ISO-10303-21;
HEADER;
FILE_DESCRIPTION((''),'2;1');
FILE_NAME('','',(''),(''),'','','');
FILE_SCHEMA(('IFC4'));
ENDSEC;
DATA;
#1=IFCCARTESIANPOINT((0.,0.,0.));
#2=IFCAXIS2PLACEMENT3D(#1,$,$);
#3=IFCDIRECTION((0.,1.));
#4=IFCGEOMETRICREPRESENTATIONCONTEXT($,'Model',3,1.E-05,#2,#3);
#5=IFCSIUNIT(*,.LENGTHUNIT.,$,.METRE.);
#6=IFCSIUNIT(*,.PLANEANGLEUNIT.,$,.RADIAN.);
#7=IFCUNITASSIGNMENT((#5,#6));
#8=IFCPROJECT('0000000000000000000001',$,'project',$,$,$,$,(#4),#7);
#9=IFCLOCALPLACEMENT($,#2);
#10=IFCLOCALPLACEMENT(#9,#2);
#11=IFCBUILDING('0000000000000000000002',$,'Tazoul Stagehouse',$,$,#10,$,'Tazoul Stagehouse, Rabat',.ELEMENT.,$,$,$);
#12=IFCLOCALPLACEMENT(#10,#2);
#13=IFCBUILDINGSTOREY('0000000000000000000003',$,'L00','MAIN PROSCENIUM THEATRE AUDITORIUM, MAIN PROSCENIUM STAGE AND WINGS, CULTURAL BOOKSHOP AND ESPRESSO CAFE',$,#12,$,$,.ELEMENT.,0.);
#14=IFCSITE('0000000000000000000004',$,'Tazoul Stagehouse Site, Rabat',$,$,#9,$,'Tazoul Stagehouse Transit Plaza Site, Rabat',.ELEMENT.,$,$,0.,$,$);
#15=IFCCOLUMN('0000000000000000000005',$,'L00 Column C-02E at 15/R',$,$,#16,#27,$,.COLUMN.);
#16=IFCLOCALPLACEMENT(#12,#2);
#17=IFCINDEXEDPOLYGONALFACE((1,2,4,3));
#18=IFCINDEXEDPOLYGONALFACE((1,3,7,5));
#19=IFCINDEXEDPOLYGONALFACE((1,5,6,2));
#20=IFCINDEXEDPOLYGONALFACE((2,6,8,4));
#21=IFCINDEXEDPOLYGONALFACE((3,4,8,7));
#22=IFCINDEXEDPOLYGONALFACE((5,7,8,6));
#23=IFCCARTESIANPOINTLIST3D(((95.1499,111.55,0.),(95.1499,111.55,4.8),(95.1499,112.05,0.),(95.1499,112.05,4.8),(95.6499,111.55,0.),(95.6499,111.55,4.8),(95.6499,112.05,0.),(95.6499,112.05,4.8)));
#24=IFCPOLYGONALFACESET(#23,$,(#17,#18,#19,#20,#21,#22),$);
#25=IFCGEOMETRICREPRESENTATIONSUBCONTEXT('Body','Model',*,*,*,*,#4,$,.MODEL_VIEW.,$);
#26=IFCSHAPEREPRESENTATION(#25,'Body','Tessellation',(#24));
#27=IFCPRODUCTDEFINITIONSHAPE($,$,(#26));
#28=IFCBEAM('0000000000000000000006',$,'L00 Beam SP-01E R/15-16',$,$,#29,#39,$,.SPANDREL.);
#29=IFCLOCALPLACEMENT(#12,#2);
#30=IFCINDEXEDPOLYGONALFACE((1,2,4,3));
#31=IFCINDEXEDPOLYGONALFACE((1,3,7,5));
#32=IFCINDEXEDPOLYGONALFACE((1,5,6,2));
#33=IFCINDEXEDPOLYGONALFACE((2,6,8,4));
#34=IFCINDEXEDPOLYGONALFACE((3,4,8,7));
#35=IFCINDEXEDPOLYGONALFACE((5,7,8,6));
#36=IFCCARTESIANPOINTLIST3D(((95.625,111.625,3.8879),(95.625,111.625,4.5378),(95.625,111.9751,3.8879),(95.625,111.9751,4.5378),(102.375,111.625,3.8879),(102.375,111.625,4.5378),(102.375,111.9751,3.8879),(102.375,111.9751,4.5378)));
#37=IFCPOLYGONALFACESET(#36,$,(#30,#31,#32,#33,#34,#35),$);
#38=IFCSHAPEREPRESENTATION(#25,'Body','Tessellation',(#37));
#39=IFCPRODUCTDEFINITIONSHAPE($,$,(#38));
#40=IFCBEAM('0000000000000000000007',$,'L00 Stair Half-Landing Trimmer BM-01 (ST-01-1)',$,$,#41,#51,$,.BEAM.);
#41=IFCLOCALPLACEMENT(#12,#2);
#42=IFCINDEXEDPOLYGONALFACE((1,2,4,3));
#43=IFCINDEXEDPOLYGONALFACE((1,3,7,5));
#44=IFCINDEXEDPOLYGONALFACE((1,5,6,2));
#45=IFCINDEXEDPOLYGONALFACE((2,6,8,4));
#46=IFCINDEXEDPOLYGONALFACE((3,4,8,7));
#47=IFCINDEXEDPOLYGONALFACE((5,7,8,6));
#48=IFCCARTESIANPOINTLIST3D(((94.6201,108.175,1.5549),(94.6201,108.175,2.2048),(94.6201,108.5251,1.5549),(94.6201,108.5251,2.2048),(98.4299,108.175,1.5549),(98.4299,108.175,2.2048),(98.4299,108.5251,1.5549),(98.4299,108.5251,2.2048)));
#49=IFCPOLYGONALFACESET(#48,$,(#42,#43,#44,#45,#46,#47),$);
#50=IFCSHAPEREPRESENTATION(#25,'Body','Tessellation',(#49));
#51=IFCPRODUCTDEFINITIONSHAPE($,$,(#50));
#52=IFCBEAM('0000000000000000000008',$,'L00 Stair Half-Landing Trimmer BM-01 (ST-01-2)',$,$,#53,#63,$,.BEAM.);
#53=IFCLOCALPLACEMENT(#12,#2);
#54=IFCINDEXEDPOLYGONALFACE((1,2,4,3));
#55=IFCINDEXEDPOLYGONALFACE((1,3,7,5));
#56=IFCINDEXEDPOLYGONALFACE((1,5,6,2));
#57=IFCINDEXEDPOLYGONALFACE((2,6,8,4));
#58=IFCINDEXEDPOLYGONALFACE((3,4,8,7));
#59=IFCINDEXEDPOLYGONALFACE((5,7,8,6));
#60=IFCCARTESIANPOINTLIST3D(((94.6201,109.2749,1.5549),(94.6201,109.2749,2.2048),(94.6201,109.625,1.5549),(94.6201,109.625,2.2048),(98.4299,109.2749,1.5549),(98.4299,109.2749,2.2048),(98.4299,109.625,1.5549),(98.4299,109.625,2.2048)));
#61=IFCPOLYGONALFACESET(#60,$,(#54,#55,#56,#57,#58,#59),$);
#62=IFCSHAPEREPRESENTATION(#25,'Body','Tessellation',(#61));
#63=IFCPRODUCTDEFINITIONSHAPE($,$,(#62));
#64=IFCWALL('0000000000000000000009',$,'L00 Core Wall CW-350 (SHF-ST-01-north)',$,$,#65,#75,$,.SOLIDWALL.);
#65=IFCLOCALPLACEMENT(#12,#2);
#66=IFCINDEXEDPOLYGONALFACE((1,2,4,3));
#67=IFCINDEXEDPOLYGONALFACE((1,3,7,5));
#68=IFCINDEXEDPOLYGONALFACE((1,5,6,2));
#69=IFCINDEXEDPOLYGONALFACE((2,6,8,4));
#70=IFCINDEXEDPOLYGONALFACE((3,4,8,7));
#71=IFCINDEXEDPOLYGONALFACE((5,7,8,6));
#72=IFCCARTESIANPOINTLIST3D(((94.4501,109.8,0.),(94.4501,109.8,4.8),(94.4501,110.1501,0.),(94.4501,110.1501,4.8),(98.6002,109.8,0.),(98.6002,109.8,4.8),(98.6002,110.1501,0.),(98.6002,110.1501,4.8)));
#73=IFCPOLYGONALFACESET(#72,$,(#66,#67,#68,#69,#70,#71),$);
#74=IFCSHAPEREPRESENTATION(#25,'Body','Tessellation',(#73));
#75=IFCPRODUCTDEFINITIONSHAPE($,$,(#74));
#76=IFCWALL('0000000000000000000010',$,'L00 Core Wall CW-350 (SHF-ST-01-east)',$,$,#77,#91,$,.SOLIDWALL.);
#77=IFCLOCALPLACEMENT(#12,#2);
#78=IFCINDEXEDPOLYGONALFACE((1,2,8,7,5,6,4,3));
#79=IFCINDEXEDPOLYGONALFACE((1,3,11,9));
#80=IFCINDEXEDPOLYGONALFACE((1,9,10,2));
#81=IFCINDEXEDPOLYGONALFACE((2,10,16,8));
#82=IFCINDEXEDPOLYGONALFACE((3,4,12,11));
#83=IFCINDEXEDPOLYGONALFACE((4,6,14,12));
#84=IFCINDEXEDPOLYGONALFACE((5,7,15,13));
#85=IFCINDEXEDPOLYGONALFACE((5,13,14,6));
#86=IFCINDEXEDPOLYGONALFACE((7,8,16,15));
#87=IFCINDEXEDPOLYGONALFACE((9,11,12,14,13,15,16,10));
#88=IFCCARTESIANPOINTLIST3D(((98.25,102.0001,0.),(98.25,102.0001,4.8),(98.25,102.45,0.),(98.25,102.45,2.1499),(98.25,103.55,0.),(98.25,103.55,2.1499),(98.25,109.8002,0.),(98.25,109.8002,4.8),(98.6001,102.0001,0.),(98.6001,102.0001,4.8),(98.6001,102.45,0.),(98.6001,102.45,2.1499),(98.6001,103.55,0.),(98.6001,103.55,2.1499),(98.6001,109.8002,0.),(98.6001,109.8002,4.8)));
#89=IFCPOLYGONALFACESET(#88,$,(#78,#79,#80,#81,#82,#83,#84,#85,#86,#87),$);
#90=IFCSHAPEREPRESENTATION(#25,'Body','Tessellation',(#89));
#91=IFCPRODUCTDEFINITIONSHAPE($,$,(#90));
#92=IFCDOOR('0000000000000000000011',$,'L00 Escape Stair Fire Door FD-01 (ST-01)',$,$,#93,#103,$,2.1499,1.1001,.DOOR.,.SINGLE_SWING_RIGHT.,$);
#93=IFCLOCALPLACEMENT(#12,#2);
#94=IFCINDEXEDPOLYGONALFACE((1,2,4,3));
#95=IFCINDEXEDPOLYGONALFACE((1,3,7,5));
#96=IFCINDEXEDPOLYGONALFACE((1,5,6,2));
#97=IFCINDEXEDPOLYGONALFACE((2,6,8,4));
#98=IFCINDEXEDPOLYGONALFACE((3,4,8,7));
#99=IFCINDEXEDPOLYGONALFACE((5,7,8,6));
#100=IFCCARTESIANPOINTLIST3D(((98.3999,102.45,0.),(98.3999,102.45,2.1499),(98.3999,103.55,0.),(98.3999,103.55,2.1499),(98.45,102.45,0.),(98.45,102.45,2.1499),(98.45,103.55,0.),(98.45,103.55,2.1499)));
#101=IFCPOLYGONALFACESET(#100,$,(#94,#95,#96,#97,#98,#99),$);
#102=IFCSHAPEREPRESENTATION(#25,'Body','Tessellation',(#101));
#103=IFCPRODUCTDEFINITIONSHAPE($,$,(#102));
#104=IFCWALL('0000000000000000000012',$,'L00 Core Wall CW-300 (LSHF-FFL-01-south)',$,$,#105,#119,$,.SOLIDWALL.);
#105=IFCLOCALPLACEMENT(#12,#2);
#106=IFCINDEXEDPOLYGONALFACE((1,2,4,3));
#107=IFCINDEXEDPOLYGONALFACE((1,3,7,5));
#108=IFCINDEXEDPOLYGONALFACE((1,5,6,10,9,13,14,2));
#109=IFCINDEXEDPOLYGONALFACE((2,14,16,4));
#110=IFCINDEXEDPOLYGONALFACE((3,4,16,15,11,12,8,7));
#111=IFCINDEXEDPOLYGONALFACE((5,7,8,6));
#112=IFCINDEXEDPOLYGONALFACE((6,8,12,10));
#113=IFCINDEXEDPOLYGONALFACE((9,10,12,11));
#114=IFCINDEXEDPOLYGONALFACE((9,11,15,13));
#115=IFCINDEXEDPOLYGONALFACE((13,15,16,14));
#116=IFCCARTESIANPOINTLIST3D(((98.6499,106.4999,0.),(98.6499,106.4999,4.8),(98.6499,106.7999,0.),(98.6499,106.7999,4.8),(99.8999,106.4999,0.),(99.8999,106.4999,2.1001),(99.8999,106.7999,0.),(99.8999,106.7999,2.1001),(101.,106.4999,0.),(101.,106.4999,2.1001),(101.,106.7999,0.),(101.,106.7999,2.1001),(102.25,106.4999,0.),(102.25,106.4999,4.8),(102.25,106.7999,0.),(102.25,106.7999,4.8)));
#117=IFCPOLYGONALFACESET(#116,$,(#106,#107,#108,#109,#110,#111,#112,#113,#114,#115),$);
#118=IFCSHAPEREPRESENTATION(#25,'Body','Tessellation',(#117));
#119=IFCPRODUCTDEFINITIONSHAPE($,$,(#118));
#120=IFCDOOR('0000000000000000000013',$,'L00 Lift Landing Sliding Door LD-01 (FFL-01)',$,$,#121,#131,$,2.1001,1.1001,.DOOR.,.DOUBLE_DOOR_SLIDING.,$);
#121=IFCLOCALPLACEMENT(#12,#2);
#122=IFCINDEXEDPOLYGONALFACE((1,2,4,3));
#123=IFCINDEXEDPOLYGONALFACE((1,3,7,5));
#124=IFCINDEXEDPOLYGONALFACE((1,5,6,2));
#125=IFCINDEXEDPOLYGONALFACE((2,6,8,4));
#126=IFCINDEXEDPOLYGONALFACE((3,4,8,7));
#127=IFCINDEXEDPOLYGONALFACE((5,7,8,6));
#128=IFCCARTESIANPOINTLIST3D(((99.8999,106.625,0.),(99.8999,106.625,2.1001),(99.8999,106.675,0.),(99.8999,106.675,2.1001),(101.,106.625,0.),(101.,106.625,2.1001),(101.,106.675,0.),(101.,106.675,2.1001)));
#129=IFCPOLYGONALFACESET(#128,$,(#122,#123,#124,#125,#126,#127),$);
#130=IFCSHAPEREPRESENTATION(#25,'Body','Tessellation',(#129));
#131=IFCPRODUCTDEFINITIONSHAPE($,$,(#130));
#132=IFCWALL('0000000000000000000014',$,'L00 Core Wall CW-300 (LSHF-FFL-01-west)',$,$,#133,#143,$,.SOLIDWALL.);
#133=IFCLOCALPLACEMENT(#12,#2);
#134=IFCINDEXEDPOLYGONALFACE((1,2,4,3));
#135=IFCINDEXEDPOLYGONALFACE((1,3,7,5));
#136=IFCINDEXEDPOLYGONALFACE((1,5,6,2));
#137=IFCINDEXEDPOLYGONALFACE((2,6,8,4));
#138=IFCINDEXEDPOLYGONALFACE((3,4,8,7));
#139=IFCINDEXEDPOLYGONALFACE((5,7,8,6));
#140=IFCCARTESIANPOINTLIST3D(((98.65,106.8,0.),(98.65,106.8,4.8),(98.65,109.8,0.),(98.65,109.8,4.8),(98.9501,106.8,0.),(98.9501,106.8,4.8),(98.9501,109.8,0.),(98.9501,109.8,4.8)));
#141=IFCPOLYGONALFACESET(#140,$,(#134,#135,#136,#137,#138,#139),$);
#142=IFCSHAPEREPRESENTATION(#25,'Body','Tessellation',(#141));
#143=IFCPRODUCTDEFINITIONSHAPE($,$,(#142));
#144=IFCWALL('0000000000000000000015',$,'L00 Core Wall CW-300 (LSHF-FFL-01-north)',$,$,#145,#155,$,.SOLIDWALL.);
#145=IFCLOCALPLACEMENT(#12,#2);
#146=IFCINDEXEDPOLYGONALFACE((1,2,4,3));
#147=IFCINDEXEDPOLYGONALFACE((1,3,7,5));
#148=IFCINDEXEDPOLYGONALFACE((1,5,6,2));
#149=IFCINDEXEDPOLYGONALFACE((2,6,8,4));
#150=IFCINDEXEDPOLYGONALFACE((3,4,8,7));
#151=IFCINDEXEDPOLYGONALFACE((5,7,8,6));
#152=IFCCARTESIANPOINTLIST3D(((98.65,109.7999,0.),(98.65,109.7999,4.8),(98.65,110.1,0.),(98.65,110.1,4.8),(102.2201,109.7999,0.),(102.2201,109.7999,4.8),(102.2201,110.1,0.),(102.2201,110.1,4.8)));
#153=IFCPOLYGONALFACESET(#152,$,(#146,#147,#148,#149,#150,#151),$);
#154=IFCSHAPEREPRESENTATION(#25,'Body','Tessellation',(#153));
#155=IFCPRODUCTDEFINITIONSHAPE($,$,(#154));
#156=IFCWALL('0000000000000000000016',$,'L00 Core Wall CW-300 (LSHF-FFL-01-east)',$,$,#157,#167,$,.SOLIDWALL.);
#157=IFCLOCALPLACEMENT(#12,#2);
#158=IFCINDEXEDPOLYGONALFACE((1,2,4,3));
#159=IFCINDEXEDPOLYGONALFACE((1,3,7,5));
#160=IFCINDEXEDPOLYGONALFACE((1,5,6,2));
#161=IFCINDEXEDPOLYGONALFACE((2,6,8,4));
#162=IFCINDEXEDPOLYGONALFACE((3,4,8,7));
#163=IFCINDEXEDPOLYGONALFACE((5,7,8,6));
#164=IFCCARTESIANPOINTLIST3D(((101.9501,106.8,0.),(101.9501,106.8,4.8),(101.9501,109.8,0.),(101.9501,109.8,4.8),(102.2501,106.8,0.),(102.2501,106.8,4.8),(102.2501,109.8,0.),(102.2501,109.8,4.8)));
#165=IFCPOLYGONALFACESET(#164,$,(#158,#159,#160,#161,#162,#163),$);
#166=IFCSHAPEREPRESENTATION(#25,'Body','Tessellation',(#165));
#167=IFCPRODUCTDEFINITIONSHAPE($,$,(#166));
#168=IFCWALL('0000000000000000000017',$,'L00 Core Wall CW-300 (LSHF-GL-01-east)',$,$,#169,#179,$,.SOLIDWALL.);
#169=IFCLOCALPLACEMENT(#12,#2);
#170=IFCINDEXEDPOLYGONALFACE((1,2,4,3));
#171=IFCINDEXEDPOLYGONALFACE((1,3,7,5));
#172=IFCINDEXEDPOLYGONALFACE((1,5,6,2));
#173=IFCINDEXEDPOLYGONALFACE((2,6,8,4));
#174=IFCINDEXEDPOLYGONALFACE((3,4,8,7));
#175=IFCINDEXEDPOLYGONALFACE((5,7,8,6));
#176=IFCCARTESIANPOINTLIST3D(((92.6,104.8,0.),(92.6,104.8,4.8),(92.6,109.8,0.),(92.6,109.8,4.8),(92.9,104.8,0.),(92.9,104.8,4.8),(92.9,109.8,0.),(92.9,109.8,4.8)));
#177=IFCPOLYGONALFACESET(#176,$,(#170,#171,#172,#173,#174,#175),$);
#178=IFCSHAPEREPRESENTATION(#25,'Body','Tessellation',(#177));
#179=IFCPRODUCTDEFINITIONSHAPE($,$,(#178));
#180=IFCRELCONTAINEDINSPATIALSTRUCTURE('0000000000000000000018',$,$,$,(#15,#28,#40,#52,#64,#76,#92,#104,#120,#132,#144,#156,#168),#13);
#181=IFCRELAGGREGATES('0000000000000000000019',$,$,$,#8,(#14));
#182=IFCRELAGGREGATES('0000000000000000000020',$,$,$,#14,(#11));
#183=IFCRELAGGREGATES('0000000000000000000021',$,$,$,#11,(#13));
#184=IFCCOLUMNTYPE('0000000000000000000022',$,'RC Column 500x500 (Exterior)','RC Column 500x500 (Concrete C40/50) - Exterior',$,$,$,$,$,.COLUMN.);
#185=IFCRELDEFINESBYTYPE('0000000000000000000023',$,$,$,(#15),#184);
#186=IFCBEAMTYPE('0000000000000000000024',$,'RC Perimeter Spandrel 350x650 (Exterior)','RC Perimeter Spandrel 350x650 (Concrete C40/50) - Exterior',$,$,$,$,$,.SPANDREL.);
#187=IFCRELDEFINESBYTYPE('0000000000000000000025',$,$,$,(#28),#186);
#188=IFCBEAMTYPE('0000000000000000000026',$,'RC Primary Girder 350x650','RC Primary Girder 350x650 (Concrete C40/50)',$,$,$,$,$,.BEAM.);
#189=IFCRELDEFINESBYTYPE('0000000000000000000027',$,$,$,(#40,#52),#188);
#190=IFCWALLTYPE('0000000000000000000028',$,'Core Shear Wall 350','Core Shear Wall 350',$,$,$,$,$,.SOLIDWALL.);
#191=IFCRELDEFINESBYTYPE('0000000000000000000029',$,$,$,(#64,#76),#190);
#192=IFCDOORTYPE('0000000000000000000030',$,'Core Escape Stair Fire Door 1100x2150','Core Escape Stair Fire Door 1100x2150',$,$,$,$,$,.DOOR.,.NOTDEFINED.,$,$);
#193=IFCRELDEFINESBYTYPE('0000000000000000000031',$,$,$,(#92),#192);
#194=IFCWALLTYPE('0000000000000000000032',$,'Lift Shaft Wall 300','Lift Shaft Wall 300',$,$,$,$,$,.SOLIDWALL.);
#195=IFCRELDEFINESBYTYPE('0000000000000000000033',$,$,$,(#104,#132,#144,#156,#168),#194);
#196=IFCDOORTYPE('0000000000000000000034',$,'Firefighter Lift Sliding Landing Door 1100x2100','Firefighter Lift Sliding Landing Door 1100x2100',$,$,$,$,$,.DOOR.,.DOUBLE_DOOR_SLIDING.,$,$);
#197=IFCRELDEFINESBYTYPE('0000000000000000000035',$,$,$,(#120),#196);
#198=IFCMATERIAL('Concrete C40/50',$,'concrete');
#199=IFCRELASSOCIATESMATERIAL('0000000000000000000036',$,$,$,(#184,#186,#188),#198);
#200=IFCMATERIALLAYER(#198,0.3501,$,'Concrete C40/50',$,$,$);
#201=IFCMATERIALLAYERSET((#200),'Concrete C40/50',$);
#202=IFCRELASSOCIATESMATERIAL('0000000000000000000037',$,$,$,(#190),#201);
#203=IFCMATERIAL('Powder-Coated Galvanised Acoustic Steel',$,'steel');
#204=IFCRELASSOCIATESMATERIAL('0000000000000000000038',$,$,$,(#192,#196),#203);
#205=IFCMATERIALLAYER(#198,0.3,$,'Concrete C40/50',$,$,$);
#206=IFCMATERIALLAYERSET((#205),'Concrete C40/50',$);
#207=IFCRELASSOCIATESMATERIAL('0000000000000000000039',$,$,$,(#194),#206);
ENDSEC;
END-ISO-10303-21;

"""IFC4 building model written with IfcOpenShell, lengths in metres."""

from ifc_helpers import new_model, si_unit, direction, frame, frame_2d, origin, origin_2d, place, context, subcontext, project, spatial, rectangle, extrude, material, layer, layer_set, material_profile, profile_set, type_object, element, fill, save


model = new_model("IFC4")

# Units and contexts
model_context = context("Model", 3, precision=1e-05, world=origin(), true_north=direction((0.0, 1.0)))
body_context = subcontext(model_context, "Body", "Model", "MODEL_VIEW")
ifc_project = project(units=[si_unit("LENGTHUNIT", "METRE"), si_unit("PLANEANGLEUNIT", "RADIAN")], contexts=[model_context])

# Site, building, storey
site_placement = place(None, origin())
site = spatial("IfcSite", under=ifc_project, at=site_placement, Name="Tazoul Stagehouse Site, Rabat", LongName="Tazoul Stagehouse Transit Plaza Site, Rabat", CompositionType="ELEMENT", RefElevation=0.0)
building_placement = place(site_placement, origin())
building = spatial("IfcBuilding", under=site, at=building_placement, Name="Tazoul Stagehouse", LongName="Tazoul Stagehouse, Rabat", CompositionType="ELEMENT")
storey_placement = place(building_placement, origin())
storey = spatial("IfcBuildingStorey", under=building, at=storey_placement, Name="L00", Description="MAIN PROSCENIUM THEATRE AUDITORIUM, MAIN PROSCENIUM STAGE AND WINGS, CULTURAL BOOKSHOP AND ESPRESSO CAFE", CompositionType="ELEMENT", Elevation=0.0)

# Column
ifc_material_1 = material(Name="Concrete C40/50", Category="concrete")
ifc_material_profile_1 = material_profile(ifc_material_1, rectangle(XDim=0.5, YDim=0.5, at=origin_2d()), Name="RC 500x500")
ifc_profile_set_1 = profile_set([ifc_material_profile_1], Name="Concrete C40/50")
column_type = type_object("IfcColumnType", Name="RC Column 500x500 (Exterior)", Description="RC Column 500x500 (Concrete C40/50) - Exterior", PredefinedType="COLUMN", material=ifc_profile_set_1)
column_placement = place(storey_placement, frame((95.3999, 111.8, 0.0), z_axis=(0.0, 0.0, 1.0), x_axis=(1.0, 0.0, 0.0)))
element("IfcColumn", 1, at=column_placement, inside=storey, type_object=column_type, Name="L00 Column C-02E at 15/R", PredefinedType="COLUMN", context=body_context, shape_type="SweptSolid", body=[
    extrude(rectangle(XDim=0.5, YDim=0.5, at=origin_2d()), origin(), (0.0, 0.0, 1.0), 4.8),
])

# Beams
ifc_material_profile_2 = material_profile(ifc_material_1, rectangle(XDim=0.3501, YDim=0.6499, at=origin_2d()), Name="RC 350x650")
ifc_profile_set_2 = profile_set([ifc_material_profile_2], Name="Concrete C40/50")
beam_type_1 = type_object("IfcBeamType", Name="RC Perimeter Spandrel 350x650 (Exterior)", Description="RC Perimeter Spandrel 350x650 (Concrete C40/50) - Exterior", PredefinedType="SPANDREL", material=ifc_profile_set_2)
beam_placement = place(storey_placement, frame((95.625, 111.8, 4.2129), z_axis=(1.0, 0.0, 0.0), x_axis=(0.0, 1.0, 0.0)))
element("IfcBeam", 2, at=beam_placement, inside=storey, type_object=beam_type_1, Name="L00 Beam SP-01E R/15-16", PredefinedType="SPANDREL", context=body_context, shape_type="SweptSolid", body=[
    extrude(rectangle(XDim=0.3501, YDim=0.6499, at=origin_2d()), origin(), (0.0, 0.0, 1.0), 6.75),
])
ifc_material_profile_3 = material_profile(ifc_material_1, rectangle(XDim=0.3501, YDim=0.6499, at=origin_2d()), Name="RC 350x650")
ifc_profile_set_3 = profile_set([ifc_material_profile_3], Name="Concrete C40/50")
beam_type_2 = type_object("IfcBeamType", Name="RC Primary Girder 350x650", Description="RC Primary Girder 350x650 (Concrete C40/50)", PredefinedType="BEAM", material=ifc_profile_set_3)
for number, where, z_axis, x_axis, name in (
    (3, (94.6201, 108.3501, 1.8799), (1.0, 0.0, 0.0), (0.0, 1.0, 0.0), "L00 Stair Half-Landing Trimmer BM-01 (ST-01-1)"),
    (4, (94.6201, 109.45, 1.8799), (1.0, 0.0, 0.0), (0.0, 1.0, 0.0), "L00 Stair Half-Landing Trimmer BM-01 (ST-01-2)"),
):
    element("IfcBeam", number, at=place(storey_placement, frame(where, z_axis=z_axis, x_axis=x_axis)), inside=storey, type_object=beam_type_2, Name=name, PredefinedType="BEAM", context=body_context, shape_type="SweptSolid", body=[
        extrude(rectangle(XDim=0.3501, YDim=0.6499, at=origin_2d()), origin(), (0.0, 0.0, 1.0), 3.8098),
    ])

# Wall
ifc_layer_1 = layer(ifc_material_1, 0.3501, Name="Concrete C40/50")
ifc_layer_set_1 = layer_set([ifc_layer_1], Name="Concrete C40/50")
wall_type_1 = type_object("IfcWallType", Name="Core Shear Wall 350", Description="Core Shear Wall 350", PredefinedType="SOLIDWALL", material=ifc_layer_set_1)
wall_1_placement = place(storey_placement, frame((94.45, 109.9751, 0.0), z_axis=(0.0, 0.0, 1.0), x_axis=(1.0, 0.0, 0.0)))
element("IfcWall", 5, at=wall_1_placement, inside=storey, type_object=wall_type_1, Name="L00 Core Wall CW-350 (SHF-ST-01-north)", PredefinedType="SOLIDWALL", context=body_context, shape_type="SweptSolid", body=[
    extrude(rectangle(XDim=4.1501, YDim=0.3501, at=frame_2d((2.0752, 0.0))), origin(), (0.0, 0.0, 1.0), 4.8),
])

# Walls, openings, doors
wall_2_placement = place(storey_placement, frame((98.425, 109.8, 0.0), z_axis=(0.0, 0.0, 1.0), x_axis=(0.0, -1.0, 0.0)))
wall_2 = element("IfcWall", 6, at=wall_2_placement, inside=storey, type_object=wall_type_1, Name="L00 Core Wall CW-350 (SHF-ST-01-east)", PredefinedType="SOLIDWALL", context=body_context, shape_type="SweptSolid", body=[
    extrude(rectangle(XDim=7.8, YDim=0.3501, at=frame_2d((3.8999, 0.0))), origin(), (0.0, 0.0, 1.0), 4.8),
])
opening_1_placement = place(wall_2_placement, frame((6.25, 0.0, 0.0)))
opening_1 = element("IfcOpeningElement", 7, at=opening_1_placement, cuts=wall_2, PredefinedType="OPENING", context=body_context, shape_type="SweptSolid", body=[
    extrude(rectangle(XDim=1.1001, YDim=2.1499, at=frame_2d((0.55, 1.075))), frame((0.0, 0.1951, 0.0), z_axis=(0.0, -1.0, 0.0), x_axis=(1.0, 0.0, 0.0)), (0.0, 0.0, 1.0), 0.3901),
])
ifc_material_2 = material(Name="Powder-Coated Galvanised Acoustic Steel", Category="steel")
door_type_1 = type_object("IfcDoorType", Name="Core Escape Stair Fire Door 1100x2150", Description="Core Escape Stair Fire Door 1100x2150", OperationType="NOTDEFINED", PredefinedType="DOOR", material=ifc_material_2)
door_1_placement = place(opening_1_placement, origin())
door_1 = element("IfcDoor", 8, at=door_1_placement, inside=storey, type_object=door_type_1, Name="L00 Escape Stair Fire Door FD-01 (ST-01)", OperationType="SINGLE_SWING_RIGHT", OverallHeight=2.1499, OverallWidth=1.1001, PredefinedType="DOOR", context=body_context, shape_type="SweptSolid", body=[
    extrude(rectangle(XDim=1.1001, YDim=2.1499, at=frame_2d((0.55, 1.075))), frame((0.0, 0.0249, 0.0), z_axis=(0.0, -1.0, 0.0), x_axis=(1.0, 0.0, 0.0)), (0.0, 0.0, 1.0), 0.05),
])
fill(opening_1, door_1)
ifc_layer_2 = layer(ifc_material_1, 0.3, Name="Concrete C40/50")
ifc_layer_set_2 = layer_set([ifc_layer_2], Name="Concrete C40/50")
wall_type_2 = type_object("IfcWallType", Name="Lift Shaft Wall 300", Description="Lift Shaft Wall 300", PredefinedType="SOLIDWALL", material=ifc_layer_set_2)
wall_3_placement = place(storey_placement, frame((102.25, 106.6499, 0.0), z_axis=(0.0, 0.0, 1.0), x_axis=(-1.0, 0.0, 0.0)))
wall_3 = element("IfcWall", 9, at=wall_3_placement, inside=storey, type_object=wall_type_2, Name="L00 Core Wall CW-300 (LSHF-FFL-01-south)", PredefinedType="SOLIDWALL", context=body_context, shape_type="SweptSolid", body=[
    extrude(rectangle(XDim=3.6001, YDim=0.3, at=frame_2d((1.8, 0.0))), origin(), (0.0, 0.0, 1.0), 4.8),
])
opening_2_placement = place(wall_3_placement, frame((1.25, 0.0, 0.0)))
opening_2 = element("IfcOpeningElement", 10, at=opening_2_placement, cuts=wall_3, PredefinedType="OPENING", context=body_context, shape_type="SweptSolid", body=[
    extrude(rectangle(XDim=1.1001, YDim=2.1001, at=frame_2d((0.55, 1.05))), frame((0.0, 0.1699, 0.0), z_axis=(0.0, -1.0, 0.0), x_axis=(1.0, 0.0, 0.0)), (0.0, 0.0, 1.0), 0.3401),
])
door_type_2 = type_object("IfcDoorType", Name="Firefighter Lift Sliding Landing Door 1100x2100", Description="Firefighter Lift Sliding Landing Door 1100x2100", OperationType="DOUBLE_DOOR_SLIDING", PredefinedType="DOOR", material=ifc_material_2)
door_2_placement = place(opening_2_placement, origin())
door_2 = element("IfcDoor", 11, at=door_2_placement, inside=storey, type_object=door_type_2, Name="L00 Lift Landing Sliding Door LD-01 (FFL-01)", OperationType="DOUBLE_DOOR_SLIDING", OverallHeight=2.1001, OverallWidth=1.1001, PredefinedType="DOOR", context=body_context, shape_type="SweptSolid", body=[
    extrude(rectangle(XDim=1.1001, YDim=2.1001, at=frame_2d((0.55, 1.05))), frame((0.0, 0.0249, 0.0), z_axis=(0.0, -1.0, 0.0), x_axis=(1.0, 0.0, 0.0)), (0.0, 0.0, 1.0), 0.05),
])
fill(opening_2, door_2)

# Walls
wall_4_placement = place(storey_placement, frame((98.8, 106.8, 0.0), z_axis=(0.0, 0.0, 1.0), x_axis=(0.0, 1.0, 0.0)))
element("IfcWall", 12, at=wall_4_placement, inside=storey, type_object=wall_type_2, Name="L00 Core Wall CW-300 (LSHF-FFL-01-west)", PredefinedType="SOLIDWALL", context=body_context, shape_type="SweptSolid", body=[
    extrude(rectangle(XDim=3.0, YDim=0.3, at=frame_2d((1.5, 0.0))), origin(), (0.0, 0.0, 1.0), 4.8),
])
wall_5_placement = place(storey_placement, frame((98.6499, 109.95, 0.0), z_axis=(0.0, 0.0, 1.0), x_axis=(1.0, 0.0, 0.0)))
element("IfcWall", 13, at=wall_5_placement, inside=storey, type_object=wall_type_2, Name="L00 Core Wall CW-300 (LSHF-FFL-01-north)", PredefinedType="SOLIDWALL", context=body_context, shape_type="SweptSolid", body=[
    extrude(rectangle(XDim=3.5701, YDim=0.3, at=frame_2d((1.7852, 0.0))), origin(), (0.0, 0.0, 1.0), 4.8),
])
wall_6_placement = place(storey_placement, frame((102.1001, 109.8, 0.0), z_axis=(0.0, 0.0, 1.0), x_axis=(0.0, -1.0, 0.0)))
element("IfcWall", 14, at=wall_6_placement, inside=storey, type_object=wall_type_2, Name="L00 Core Wall CW-300 (LSHF-FFL-01-east)", PredefinedType="SOLIDWALL", context=body_context, shape_type="SweptSolid", body=[
    extrude(rectangle(XDim=3.0, YDim=0.3, at=frame_2d((1.5, 0.0))), origin(), (0.0, 0.0, 1.0), 4.8),
])
wall_7_placement = place(storey_placement, frame((92.75, 109.8, 0.0), z_axis=(0.0, 0.0, 1.0), x_axis=(0.0, -1.0, 0.0)))
element("IfcWall", 15, at=wall_7_placement, inside=storey, type_object=wall_type_2, Name="L00 Core Wall CW-300 (LSHF-GL-01-east)", PredefinedType="SOLIDWALL", context=body_context, shape_type="SweptSolid", body=[
    extrude(rectangle(XDim=5.0, YDim=0.3, at=frame_2d((2.5, 0.0))), origin(), (0.0, 0.0, 1.0), 4.8),
])

save(model, "model.ifc")
